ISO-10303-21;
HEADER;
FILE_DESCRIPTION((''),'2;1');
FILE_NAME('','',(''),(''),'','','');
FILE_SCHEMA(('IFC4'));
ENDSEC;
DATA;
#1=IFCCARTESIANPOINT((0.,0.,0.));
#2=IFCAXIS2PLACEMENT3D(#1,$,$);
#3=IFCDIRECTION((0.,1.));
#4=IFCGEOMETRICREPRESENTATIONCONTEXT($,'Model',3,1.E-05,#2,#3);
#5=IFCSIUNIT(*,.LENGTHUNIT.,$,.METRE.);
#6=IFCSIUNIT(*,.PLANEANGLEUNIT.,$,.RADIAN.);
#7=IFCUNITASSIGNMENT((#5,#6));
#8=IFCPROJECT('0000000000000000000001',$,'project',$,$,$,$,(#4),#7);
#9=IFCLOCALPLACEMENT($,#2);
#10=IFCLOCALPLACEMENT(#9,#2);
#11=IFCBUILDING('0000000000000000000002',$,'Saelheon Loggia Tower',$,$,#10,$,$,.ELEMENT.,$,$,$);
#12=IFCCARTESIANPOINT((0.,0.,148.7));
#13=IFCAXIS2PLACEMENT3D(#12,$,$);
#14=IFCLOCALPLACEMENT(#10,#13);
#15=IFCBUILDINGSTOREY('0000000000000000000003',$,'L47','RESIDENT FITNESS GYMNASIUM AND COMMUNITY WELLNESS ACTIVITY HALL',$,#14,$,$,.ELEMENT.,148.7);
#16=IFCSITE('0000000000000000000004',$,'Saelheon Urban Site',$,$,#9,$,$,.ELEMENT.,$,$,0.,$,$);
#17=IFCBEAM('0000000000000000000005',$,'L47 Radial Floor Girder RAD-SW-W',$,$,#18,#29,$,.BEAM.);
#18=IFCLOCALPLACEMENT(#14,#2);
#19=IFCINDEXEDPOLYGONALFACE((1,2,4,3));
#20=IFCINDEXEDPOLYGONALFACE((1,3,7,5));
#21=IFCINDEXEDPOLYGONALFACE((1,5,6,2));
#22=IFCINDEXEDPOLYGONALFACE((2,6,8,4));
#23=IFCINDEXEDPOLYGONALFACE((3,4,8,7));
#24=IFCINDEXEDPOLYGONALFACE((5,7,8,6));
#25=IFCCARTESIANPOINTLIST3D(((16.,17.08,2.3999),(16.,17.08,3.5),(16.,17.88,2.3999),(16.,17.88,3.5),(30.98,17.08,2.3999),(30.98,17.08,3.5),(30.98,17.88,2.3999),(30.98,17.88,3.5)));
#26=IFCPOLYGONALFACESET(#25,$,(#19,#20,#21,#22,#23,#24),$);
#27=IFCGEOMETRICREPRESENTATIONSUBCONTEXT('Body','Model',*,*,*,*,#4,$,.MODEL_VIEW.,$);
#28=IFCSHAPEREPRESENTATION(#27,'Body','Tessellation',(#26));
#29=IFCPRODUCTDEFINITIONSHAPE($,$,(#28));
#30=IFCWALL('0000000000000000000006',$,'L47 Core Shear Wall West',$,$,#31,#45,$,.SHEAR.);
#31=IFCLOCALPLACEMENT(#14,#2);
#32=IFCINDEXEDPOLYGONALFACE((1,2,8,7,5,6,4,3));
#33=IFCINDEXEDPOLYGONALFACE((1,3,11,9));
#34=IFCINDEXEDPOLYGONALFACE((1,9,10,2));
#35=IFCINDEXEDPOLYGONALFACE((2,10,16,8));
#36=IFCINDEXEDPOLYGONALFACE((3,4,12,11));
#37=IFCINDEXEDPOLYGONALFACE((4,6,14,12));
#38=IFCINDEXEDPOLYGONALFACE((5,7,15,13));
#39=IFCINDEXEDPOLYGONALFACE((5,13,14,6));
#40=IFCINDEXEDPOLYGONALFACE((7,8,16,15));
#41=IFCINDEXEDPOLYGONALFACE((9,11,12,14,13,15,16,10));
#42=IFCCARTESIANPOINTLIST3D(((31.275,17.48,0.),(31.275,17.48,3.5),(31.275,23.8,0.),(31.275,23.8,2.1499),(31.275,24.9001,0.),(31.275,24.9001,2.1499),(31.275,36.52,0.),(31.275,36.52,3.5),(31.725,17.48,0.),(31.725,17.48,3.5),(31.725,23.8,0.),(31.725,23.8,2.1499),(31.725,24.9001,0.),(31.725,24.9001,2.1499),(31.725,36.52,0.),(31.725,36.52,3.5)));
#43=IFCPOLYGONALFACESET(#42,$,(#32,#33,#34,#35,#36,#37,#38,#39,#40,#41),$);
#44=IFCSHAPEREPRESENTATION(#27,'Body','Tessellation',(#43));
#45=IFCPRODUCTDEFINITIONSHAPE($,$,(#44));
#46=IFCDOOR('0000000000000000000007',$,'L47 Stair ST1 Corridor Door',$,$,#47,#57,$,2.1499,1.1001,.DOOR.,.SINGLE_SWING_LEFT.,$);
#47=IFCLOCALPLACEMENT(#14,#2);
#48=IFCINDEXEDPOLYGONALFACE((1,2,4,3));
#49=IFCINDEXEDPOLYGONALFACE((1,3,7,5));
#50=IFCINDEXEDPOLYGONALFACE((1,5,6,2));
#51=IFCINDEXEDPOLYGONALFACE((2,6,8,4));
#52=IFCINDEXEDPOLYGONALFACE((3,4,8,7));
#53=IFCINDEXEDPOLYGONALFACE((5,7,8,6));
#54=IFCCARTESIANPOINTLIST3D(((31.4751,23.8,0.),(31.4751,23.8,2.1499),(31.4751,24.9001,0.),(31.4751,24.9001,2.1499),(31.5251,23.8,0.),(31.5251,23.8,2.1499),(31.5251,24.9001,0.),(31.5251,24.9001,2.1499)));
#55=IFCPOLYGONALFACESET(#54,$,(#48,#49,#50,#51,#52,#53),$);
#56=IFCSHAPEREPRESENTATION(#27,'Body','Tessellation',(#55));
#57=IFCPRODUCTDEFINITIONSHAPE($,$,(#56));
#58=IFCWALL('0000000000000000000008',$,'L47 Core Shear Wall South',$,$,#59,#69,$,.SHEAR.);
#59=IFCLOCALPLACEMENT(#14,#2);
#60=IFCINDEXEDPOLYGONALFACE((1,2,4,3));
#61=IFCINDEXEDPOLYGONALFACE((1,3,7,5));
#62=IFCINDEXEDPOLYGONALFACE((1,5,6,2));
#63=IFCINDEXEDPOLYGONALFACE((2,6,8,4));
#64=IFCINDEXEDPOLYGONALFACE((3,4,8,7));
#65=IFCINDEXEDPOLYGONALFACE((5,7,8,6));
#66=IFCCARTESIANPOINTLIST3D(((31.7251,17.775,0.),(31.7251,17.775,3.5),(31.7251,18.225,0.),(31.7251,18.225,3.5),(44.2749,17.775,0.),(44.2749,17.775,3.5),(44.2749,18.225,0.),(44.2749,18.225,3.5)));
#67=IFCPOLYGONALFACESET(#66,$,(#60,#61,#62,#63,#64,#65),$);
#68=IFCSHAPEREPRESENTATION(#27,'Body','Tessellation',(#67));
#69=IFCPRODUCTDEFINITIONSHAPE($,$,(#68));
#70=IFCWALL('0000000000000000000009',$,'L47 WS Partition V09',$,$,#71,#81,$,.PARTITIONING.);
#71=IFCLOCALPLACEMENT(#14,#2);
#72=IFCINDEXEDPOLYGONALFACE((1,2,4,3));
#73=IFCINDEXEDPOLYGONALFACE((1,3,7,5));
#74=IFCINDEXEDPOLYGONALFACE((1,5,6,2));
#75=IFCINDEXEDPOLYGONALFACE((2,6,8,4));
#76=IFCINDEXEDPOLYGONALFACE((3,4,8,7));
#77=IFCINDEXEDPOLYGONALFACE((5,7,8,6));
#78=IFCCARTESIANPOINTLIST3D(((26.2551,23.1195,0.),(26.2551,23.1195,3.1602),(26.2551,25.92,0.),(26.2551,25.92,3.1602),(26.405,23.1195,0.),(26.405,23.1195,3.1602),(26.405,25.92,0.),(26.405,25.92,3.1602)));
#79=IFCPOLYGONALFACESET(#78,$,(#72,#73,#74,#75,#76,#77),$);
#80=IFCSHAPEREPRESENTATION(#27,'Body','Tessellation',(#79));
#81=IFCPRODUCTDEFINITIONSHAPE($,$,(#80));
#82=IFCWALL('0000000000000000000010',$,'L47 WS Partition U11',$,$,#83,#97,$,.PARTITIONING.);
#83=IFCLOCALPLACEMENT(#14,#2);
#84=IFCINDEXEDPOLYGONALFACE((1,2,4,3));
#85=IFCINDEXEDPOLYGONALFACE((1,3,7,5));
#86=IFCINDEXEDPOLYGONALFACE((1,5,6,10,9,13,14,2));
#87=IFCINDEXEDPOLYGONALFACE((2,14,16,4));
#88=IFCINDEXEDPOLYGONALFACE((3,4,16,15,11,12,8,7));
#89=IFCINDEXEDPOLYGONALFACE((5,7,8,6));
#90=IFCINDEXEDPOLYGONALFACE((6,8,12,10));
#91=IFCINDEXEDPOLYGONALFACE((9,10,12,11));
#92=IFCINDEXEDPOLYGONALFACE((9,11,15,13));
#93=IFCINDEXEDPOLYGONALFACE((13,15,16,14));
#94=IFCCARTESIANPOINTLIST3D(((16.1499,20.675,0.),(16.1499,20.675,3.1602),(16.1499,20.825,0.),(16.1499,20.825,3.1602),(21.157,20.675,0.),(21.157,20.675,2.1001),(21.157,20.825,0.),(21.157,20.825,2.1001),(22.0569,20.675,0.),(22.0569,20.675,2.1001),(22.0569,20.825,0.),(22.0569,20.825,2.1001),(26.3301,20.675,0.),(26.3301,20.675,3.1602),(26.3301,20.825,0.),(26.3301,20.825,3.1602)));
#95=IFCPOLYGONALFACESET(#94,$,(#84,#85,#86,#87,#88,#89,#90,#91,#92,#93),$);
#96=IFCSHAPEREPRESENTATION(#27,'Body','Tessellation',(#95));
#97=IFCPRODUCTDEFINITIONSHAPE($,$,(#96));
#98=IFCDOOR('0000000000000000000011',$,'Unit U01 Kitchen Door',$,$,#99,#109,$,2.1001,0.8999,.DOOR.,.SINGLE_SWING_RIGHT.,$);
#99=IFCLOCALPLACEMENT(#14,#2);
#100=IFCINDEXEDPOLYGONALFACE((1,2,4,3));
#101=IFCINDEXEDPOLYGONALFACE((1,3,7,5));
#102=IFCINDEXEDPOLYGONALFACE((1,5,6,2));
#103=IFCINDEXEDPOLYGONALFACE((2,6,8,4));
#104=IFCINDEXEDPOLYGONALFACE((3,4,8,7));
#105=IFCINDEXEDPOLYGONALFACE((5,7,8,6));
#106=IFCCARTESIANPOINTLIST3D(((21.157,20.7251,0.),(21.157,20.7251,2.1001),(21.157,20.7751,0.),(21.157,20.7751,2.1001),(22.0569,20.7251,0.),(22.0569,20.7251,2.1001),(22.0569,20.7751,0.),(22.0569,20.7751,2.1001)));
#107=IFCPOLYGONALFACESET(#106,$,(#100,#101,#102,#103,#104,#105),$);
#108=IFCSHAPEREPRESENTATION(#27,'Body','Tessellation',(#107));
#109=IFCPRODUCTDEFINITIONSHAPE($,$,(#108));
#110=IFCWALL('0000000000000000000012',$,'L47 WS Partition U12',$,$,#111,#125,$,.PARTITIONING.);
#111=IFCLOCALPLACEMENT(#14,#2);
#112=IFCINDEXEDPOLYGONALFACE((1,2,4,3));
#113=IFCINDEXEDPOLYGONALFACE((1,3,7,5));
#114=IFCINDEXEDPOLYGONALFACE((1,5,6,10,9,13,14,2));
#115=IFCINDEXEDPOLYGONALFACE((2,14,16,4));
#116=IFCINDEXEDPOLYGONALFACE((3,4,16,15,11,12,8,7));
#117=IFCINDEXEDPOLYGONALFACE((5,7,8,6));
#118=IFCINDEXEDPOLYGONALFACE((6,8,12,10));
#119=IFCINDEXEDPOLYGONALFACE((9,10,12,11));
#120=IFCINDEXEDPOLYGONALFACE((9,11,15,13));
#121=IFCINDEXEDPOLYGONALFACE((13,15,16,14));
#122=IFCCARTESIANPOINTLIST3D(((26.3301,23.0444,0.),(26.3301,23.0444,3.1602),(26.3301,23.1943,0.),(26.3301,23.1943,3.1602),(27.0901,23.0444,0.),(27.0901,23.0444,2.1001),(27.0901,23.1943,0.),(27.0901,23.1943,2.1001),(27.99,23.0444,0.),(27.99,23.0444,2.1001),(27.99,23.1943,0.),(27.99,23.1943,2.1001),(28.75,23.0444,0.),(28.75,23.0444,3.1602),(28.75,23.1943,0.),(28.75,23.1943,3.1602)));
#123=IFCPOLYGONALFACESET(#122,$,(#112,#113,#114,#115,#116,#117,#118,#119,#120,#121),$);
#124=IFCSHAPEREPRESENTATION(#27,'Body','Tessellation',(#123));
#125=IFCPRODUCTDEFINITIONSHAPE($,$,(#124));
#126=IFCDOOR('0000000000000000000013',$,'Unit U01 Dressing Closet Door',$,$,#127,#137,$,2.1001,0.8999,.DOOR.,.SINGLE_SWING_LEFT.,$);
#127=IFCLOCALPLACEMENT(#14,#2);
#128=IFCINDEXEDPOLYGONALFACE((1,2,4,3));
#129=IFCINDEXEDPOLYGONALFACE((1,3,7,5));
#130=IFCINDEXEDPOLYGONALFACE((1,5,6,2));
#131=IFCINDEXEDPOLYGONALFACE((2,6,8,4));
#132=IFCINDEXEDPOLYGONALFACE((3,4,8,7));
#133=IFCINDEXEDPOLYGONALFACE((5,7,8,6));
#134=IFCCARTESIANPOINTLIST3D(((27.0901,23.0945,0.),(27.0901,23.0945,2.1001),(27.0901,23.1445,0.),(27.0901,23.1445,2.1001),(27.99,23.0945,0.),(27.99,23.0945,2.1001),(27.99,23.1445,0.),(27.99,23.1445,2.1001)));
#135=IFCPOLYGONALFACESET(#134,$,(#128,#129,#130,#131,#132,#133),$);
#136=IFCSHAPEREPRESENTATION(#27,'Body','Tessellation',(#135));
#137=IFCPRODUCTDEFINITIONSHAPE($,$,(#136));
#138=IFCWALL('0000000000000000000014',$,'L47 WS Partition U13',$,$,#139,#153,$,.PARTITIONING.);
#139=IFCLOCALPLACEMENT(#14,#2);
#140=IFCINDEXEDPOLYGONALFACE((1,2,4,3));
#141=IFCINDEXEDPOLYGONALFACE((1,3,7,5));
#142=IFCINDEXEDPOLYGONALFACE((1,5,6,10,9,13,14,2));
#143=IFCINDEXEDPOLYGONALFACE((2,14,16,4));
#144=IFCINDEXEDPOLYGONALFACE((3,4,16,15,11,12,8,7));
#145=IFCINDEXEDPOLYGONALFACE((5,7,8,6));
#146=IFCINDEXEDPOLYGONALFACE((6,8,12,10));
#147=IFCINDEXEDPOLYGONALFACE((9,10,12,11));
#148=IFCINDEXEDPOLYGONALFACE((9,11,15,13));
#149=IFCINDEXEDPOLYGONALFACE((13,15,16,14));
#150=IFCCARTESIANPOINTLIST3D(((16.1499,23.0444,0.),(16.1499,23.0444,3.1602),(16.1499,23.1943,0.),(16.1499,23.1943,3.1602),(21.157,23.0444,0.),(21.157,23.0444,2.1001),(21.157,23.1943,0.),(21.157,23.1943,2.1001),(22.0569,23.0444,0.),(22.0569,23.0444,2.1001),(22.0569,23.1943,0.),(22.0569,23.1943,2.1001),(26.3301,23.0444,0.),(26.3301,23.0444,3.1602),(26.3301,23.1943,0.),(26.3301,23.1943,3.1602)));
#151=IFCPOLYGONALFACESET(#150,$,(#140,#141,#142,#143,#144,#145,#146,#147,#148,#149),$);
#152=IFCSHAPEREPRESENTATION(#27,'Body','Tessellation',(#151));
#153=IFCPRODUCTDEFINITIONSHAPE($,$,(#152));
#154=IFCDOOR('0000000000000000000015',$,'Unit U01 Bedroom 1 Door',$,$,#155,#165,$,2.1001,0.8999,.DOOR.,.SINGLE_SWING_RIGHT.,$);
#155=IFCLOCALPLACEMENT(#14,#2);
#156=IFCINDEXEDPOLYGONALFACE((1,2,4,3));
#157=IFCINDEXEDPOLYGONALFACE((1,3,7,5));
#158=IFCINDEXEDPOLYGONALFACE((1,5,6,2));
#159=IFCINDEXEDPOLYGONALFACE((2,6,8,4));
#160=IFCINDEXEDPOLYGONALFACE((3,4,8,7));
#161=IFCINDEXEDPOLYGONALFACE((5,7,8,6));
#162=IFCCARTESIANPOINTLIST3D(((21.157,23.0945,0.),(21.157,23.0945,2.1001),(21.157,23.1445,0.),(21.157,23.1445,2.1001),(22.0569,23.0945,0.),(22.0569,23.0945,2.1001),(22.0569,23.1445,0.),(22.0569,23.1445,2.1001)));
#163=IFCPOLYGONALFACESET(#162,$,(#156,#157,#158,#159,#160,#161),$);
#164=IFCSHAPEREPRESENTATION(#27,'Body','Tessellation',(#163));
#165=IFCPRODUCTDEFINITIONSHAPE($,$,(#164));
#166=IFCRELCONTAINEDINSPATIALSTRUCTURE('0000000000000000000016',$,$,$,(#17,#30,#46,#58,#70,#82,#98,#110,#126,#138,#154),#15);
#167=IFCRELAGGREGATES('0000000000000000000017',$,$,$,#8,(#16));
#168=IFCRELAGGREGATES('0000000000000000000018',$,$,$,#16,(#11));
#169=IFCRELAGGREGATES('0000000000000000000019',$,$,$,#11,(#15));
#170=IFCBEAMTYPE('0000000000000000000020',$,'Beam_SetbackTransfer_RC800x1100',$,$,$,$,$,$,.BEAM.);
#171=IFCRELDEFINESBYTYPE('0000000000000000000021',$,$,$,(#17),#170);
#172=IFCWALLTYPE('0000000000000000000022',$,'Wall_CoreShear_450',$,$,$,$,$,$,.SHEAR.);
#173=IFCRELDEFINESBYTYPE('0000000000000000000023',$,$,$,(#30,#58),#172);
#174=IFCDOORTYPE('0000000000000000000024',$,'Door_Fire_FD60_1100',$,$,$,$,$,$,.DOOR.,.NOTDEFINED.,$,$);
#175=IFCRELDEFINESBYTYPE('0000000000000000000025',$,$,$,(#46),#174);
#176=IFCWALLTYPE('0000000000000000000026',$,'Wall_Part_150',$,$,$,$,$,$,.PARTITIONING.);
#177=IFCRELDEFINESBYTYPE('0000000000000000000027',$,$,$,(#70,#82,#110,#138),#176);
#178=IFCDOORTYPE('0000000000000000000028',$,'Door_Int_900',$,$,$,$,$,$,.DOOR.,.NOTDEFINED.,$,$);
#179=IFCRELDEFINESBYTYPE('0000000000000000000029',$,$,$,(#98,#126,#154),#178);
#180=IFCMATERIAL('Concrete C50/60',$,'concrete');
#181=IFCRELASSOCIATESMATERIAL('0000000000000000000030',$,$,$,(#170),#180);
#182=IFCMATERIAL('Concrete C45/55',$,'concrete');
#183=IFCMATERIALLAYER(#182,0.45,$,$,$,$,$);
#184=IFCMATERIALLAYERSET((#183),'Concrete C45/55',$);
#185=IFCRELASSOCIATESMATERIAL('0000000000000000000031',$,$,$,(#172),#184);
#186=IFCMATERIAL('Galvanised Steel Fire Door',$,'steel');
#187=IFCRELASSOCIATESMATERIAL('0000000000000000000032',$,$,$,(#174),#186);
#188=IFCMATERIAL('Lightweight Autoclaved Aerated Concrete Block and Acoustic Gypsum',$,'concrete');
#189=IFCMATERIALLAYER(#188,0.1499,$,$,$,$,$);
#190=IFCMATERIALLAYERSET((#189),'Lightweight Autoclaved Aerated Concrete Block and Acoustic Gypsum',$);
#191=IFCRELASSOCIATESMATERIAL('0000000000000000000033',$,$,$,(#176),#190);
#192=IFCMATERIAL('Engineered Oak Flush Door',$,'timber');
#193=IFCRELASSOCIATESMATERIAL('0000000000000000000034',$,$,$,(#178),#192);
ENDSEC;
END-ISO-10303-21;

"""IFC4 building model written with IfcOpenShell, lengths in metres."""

from ifc_helpers import new_model, si_unit, direction, frame, frame_2d, origin, origin_2d, place, context, subcontext, project, spatial, rectangle, extrude, source, transform, mapped, material, layer, layer_set, material_profile, profile_set, type_object, element, fill, save


model = new_model("IFC4")

# Units and contexts
model_context = context("Model", 3, precision=1e-05, world=origin(), true_north=direction((0.0, 1.0)))
body_context = subcontext(model_context, "Body", "Model", "MODEL_VIEW")
ifc_project = project(units=[si_unit("LENGTHUNIT", "METRE"), si_unit("PLANEANGLEUNIT", "RADIAN")], contexts=[model_context])

# Site, building, storey
site_placement = place(None, origin())
site = spatial("IfcSite", under=ifc_project, at=site_placement, Name="Saelheon Urban Site", CompositionType="ELEMENT", RefElevation=0.0)
building_placement = place(site_placement, origin())
building = spatial("IfcBuilding", under=site, at=building_placement, Name="Saelheon Loggia Tower", CompositionType="ELEMENT")
storey_placement = place(building_placement, frame((0.0, 0.0, 148.7)))
storey = spatial("IfcBuildingStorey", under=building, at=storey_placement, Name="L47", Description="RESIDENT FITNESS GYMNASIUM AND COMMUNITY WELLNESS ACTIVITY HALL", CompositionType="ELEMENT", Elevation=148.7)

# Beam
ifc_material_1 = material(Name="Concrete C50/60", Category="concrete")
ifc_material_profile = material_profile(ifc_material_1, rectangle(XDim=0.8, YDim=1.1001, at=origin_2d()), Name="RC-800x1100")
ifc_profile_set = profile_set([ifc_material_profile], Name="Concrete C50/60")
beam_type = type_object("IfcBeamType", Name="Beam_SetbackTransfer_RC800x1100", PredefinedType="BEAM", material=ifc_profile_set)
shared_shape_1 = source(origin(), body_context, "Body", "SweptSolid", [
    extrude(rectangle(XDim=0.8, YDim=1.1001, at=origin_2d()), origin(), (0.0, 0.0, 1.0), 14.98),
])
beam_placement = place(storey_placement, frame((30.98, 17.48, 2.95), z_axis=(-1.0, 0.0, 0.0), x_axis=(0.0, -1.0, 0.0)))
element("IfcBeam", 1, at=beam_placement, inside=storey, type_object=beam_type, Name="L47 Radial Floor Girder RAD-SW-W", PredefinedType="BEAM", context=body_context, shape_type="MappedRepresentation", body=[
    mapped(shared_shape_1, transform((0.0, 0.0, 0.0), scale=1.0)),
])

# Wall, opening, door
ifc_material_2 = material(Name="Concrete C45/55", Category="concrete")
ifc_layer_1 = layer(ifc_material_2, 0.45)
ifc_layer_set_1 = layer_set([ifc_layer_1], Name="Concrete C45/55")
wall_type_1 = type_object("IfcWallType", Name="Wall_CoreShear_450", PredefinedType="SHEAR", material=ifc_layer_set_1)
wall_1_placement = place(storey_placement, frame((31.5, 17.48, 0.0), z_axis=(0.0, 0.0, 1.0), x_axis=(0.0, 1.0, 0.0)))
wall_1 = element("IfcWall", 2, at=wall_1_placement, inside=storey, type_object=wall_type_1, Name="L47 Core Shear Wall West", PredefinedType="SHEAR", context=body_context, shape_type="SweptSolid", body=[
    extrude(rectangle(XDim=19.04, YDim=0.45, at=frame_2d((9.52, 0.0))), origin(), (0.0, 0.0, 1.0), 3.5),
])
opening_1_placement = place(wall_1_placement, frame((6.3201, 0.0, 0.0)))
opening_1 = element("IfcOpeningElement", 3, at=opening_1_placement, cuts=wall_1, PredefinedType="OPENING", context=body_context, shape_type="SweptSolid", body=[
    extrude(rectangle(XDim=1.1001, YDim=2.1499, at=frame_2d((0.55, 1.075))), frame((0.0, 0.2371, 0.0), z_axis=(0.0, -1.0, 0.0), x_axis=(1.0, 0.0, 0.0)), (0.0, 0.0, 1.0), 0.4739),
])
ifc_material_3 = material(Name="Galvanised Steel Fire Door", Category="steel")
door_type_1 = type_object("IfcDoorType", Name="Door_Fire_FD60_1100", OperationType="NOTDEFINED", PredefinedType="DOOR", material=ifc_material_3)
shared_shape_2 = source(origin(), body_context, "Body", "SweptSolid", [
    extrude(rectangle(XDim=1.1001, YDim=2.1499, at=frame_2d((0.55, 1.075))), frame((0.0, 0.0249, 0.0), z_axis=(0.0, -1.0, 0.0), x_axis=(1.0, 0.0, 0.0)), (0.0, 0.0, 1.0), 0.05),
])
door_1_placement = place(opening_1_placement, origin())
door_1 = element("IfcDoor", 4, at=door_1_placement, inside=storey, type_object=door_type_1, Name="L47 Stair ST1 Corridor Door", OperationType="SINGLE_SWING_LEFT", OverallHeight=2.1499, OverallWidth=1.1001, PredefinedType="DOOR", context=body_context, shape_type="MappedRepresentation", body=[
    mapped(shared_shape_2, transform((0.0, 0.0, 0.0), scale=1.0)),
])
fill(opening_1, door_1)

# Walls
wall_2_placement = place(storey_placement, frame((31.7251, 18.0, 0.0), z_axis=(0.0, 0.0, 1.0), x_axis=(1.0, 0.0, 0.0)))
element("IfcWall", 5, at=wall_2_placement, inside=storey, type_object=wall_type_1, Name="L47 Core Shear Wall South", PredefinedType="SHEAR", context=body_context, shape_type="SweptSolid", body=[
    extrude(rectangle(XDim=12.5498, YDim=0.45, at=frame_2d((6.2749, 0.0))), origin(), (0.0, 0.0, 1.0), 3.5),
])
ifc_material_4 = material(Name="Lightweight Autoclaved Aerated Concrete Block and Acoustic Gypsum", Category="concrete")
ifc_layer_2 = layer(ifc_material_4, 0.1499)
ifc_layer_set_2 = layer_set([ifc_layer_2], Name="Lightweight Autoclaved Aerated Concrete Block and Acoustic Gypsum")
wall_type_2 = type_object("IfcWallType", Name="Wall_Part_150", PredefinedType="PARTITIONING", material=ifc_layer_set_2)
wall_3_placement = place(storey_placement, frame((26.3301, 23.1194, 0.0), z_axis=(0.0, 0.0, 1.0), x_axis=(0.0, 1.0, 0.0)))
element("IfcWall", 6, at=wall_3_placement, inside=storey, type_object=wall_type_2, Name="L47 WS Partition V09", PredefinedType="PARTITIONING", context=body_context, shape_type="SweptSolid", body=[
    extrude(rectangle(XDim=2.8005, YDim=0.1499, at=frame_2d((1.4004, 0.0))), origin(), (0.0, 0.0, 1.0), 3.1602),
])

# Walls, openings, doors
wall_4_placement = place(storey_placement, frame((26.3301, 20.75, 0.0), z_axis=(0.0, 0.0, 1.0), x_axis=(-1.0, 0.0, 0.0)))
wall_4 = element("IfcWall", 7, at=wall_4_placement, inside=storey, type_object=wall_type_2, Name="L47 WS Partition U11", PredefinedType="PARTITIONING", context=body_context, shape_type="SweptSolid", body=[
    extrude(rectangle(XDim=10.1802, YDim=0.1499, at=frame_2d((5.0901, 0.0))), origin(), (0.0, 0.0, 1.0), 3.1602),
])
opening_2_placement = place(wall_4_placement, frame((4.2732, 0.0, 0.0)))
opening_2 = element("IfcOpeningElement", 8, at=opening_2_placement, cuts=wall_4, PredefinedType="OPENING", context=body_context, shape_type="SweptSolid", body=[
    extrude(rectangle(XDim=0.8999, YDim=2.1001, at=frame_2d((0.45, 1.05))), frame((0.0, 0.0869, 0.0), z_axis=(0.0, -1.0, 0.0), x_axis=(1.0, 0.0, 0.0)), (0.0, 0.0, 1.0), 0.1738),
])
ifc_material_5 = material(Name="Engineered Oak Flush Door", Category="timber")
door_type_2 = type_object("IfcDoorType", Name="Door_Int_900", OperationType="NOTDEFINED", PredefinedType="DOOR", material=ifc_material_5)
shared_shape_3 = source(origin(), body_context, "Body", "SweptSolid", [
    extrude(rectangle(XDim=0.8999, YDim=2.1001, at=frame_2d((0.45, 1.05))), frame((0.0, 0.0249, 0.0), z_axis=(0.0, -1.0, 0.0), x_axis=(1.0, 0.0, 0.0)), (0.0, 0.0, 1.0), 0.05),
])
door_2_placement = place(opening_2_placement, origin())
door_2 = element("IfcDoor", 9, at=door_2_placement, inside=storey, type_object=door_type_2, Name="Unit U01 Kitchen Door", OperationType="SINGLE_SWING_RIGHT", OverallHeight=2.1001, OverallWidth=0.8999, PredefinedType="DOOR", context=body_context, shape_type="MappedRepresentation", body=[
    mapped(shared_shape_3, transform((0.0, 0.0, 0.0), scale=1.0)),
])
fill(opening_2, door_2)
wall_5_placement = place(storey_placement, frame((28.75, 23.1194, 0.0), z_axis=(0.0, 0.0, 1.0), x_axis=(-1.0, 0.0, 0.0)))
wall_5 = element("IfcWall", 10, at=wall_5_placement, inside=storey, type_object=wall_type_2, Name="L47 WS Partition U12", PredefinedType="PARTITIONING", context=body_context, shape_type="SweptSolid", body=[
    extrude(rectangle(XDim=2.4199, YDim=0.1499, at=frame_2d((1.21, 0.0))), origin(), (0.0, 0.0, 1.0), 3.1602),
])
opening_3_placement = place(wall_5_placement, frame((0.76, 0.0, 0.0)))
opening_3 = element("IfcOpeningElement", 11, at=opening_3_placement, cuts=wall_5, PredefinedType="OPENING", context=body_context, shape_type="SweptSolid", body=[
    extrude(rectangle(XDim=0.8999, YDim=2.1001, at=frame_2d((0.45, 1.05))), frame((0.0, 0.0869, 0.0), z_axis=(0.0, -1.0, 0.0), x_axis=(1.0, 0.0, 0.0)), (0.0, 0.0, 1.0), 0.1738),
])
door_3_placement = place(opening_3_placement, origin())
door_3 = element("IfcDoor", 12, at=door_3_placement, inside=storey, type_object=door_type_2, Name="Unit U01 Dressing Closet Door", OperationType="SINGLE_SWING_LEFT", OverallHeight=2.1001, OverallWidth=0.8999, PredefinedType="DOOR", context=body_context, shape_type="MappedRepresentation", body=[
    mapped(shared_shape_3, transform((0.0, 0.0, 0.0), scale=1.0)),
])
fill(opening_3, door_3)
wall_6_placement = place(storey_placement, frame((26.3301, 23.1194, 0.0), z_axis=(0.0, 0.0, 1.0), x_axis=(-1.0, 0.0, 0.0)))
wall_6 = element("IfcWall", 13, at=wall_6_placement, inside=storey, type_object=wall_type_2, Name="L47 WS Partition U13", PredefinedType="PARTITIONING", context=body_context, shape_type="SweptSolid", body=[
    extrude(rectangle(XDim=10.1802, YDim=0.1499, at=frame_2d((5.0901, 0.0))), origin(), (0.0, 0.0, 1.0), 3.1602),
])
opening_4_placement = place(wall_6_placement, frame((4.2732, 0.0, 0.0)))
opening_4 = element("IfcOpeningElement", 14, at=opening_4_placement, cuts=wall_6, PredefinedType="OPENING", context=body_context, shape_type="SweptSolid", body=[
    extrude(rectangle(XDim=0.8999, YDim=2.1001, at=frame_2d((0.45, 1.05))), frame((0.0, 0.0869, 0.0), z_axis=(0.0, -1.0, 0.0), x_axis=(1.0, 0.0, 0.0)), (0.0, 0.0, 1.0), 0.1738),
])
door_4_placement = place(opening_4_placement, origin())
door_4 = element("IfcDoor", 15, at=door_4_placement, inside=storey, type_object=door_type_2, Name="Unit U01 Bedroom 1 Door", OperationType="SINGLE_SWING_RIGHT", OverallHeight=2.1001, OverallWidth=0.8999, PredefinedType="DOOR", context=body_context, shape_type="MappedRepresentation", body=[
    mapped(shared_shape_3, transform((0.0, 0.0, 0.0), scale=1.0)),
])
fill(opening_4, door_4)

save(model, "model.ifc")
